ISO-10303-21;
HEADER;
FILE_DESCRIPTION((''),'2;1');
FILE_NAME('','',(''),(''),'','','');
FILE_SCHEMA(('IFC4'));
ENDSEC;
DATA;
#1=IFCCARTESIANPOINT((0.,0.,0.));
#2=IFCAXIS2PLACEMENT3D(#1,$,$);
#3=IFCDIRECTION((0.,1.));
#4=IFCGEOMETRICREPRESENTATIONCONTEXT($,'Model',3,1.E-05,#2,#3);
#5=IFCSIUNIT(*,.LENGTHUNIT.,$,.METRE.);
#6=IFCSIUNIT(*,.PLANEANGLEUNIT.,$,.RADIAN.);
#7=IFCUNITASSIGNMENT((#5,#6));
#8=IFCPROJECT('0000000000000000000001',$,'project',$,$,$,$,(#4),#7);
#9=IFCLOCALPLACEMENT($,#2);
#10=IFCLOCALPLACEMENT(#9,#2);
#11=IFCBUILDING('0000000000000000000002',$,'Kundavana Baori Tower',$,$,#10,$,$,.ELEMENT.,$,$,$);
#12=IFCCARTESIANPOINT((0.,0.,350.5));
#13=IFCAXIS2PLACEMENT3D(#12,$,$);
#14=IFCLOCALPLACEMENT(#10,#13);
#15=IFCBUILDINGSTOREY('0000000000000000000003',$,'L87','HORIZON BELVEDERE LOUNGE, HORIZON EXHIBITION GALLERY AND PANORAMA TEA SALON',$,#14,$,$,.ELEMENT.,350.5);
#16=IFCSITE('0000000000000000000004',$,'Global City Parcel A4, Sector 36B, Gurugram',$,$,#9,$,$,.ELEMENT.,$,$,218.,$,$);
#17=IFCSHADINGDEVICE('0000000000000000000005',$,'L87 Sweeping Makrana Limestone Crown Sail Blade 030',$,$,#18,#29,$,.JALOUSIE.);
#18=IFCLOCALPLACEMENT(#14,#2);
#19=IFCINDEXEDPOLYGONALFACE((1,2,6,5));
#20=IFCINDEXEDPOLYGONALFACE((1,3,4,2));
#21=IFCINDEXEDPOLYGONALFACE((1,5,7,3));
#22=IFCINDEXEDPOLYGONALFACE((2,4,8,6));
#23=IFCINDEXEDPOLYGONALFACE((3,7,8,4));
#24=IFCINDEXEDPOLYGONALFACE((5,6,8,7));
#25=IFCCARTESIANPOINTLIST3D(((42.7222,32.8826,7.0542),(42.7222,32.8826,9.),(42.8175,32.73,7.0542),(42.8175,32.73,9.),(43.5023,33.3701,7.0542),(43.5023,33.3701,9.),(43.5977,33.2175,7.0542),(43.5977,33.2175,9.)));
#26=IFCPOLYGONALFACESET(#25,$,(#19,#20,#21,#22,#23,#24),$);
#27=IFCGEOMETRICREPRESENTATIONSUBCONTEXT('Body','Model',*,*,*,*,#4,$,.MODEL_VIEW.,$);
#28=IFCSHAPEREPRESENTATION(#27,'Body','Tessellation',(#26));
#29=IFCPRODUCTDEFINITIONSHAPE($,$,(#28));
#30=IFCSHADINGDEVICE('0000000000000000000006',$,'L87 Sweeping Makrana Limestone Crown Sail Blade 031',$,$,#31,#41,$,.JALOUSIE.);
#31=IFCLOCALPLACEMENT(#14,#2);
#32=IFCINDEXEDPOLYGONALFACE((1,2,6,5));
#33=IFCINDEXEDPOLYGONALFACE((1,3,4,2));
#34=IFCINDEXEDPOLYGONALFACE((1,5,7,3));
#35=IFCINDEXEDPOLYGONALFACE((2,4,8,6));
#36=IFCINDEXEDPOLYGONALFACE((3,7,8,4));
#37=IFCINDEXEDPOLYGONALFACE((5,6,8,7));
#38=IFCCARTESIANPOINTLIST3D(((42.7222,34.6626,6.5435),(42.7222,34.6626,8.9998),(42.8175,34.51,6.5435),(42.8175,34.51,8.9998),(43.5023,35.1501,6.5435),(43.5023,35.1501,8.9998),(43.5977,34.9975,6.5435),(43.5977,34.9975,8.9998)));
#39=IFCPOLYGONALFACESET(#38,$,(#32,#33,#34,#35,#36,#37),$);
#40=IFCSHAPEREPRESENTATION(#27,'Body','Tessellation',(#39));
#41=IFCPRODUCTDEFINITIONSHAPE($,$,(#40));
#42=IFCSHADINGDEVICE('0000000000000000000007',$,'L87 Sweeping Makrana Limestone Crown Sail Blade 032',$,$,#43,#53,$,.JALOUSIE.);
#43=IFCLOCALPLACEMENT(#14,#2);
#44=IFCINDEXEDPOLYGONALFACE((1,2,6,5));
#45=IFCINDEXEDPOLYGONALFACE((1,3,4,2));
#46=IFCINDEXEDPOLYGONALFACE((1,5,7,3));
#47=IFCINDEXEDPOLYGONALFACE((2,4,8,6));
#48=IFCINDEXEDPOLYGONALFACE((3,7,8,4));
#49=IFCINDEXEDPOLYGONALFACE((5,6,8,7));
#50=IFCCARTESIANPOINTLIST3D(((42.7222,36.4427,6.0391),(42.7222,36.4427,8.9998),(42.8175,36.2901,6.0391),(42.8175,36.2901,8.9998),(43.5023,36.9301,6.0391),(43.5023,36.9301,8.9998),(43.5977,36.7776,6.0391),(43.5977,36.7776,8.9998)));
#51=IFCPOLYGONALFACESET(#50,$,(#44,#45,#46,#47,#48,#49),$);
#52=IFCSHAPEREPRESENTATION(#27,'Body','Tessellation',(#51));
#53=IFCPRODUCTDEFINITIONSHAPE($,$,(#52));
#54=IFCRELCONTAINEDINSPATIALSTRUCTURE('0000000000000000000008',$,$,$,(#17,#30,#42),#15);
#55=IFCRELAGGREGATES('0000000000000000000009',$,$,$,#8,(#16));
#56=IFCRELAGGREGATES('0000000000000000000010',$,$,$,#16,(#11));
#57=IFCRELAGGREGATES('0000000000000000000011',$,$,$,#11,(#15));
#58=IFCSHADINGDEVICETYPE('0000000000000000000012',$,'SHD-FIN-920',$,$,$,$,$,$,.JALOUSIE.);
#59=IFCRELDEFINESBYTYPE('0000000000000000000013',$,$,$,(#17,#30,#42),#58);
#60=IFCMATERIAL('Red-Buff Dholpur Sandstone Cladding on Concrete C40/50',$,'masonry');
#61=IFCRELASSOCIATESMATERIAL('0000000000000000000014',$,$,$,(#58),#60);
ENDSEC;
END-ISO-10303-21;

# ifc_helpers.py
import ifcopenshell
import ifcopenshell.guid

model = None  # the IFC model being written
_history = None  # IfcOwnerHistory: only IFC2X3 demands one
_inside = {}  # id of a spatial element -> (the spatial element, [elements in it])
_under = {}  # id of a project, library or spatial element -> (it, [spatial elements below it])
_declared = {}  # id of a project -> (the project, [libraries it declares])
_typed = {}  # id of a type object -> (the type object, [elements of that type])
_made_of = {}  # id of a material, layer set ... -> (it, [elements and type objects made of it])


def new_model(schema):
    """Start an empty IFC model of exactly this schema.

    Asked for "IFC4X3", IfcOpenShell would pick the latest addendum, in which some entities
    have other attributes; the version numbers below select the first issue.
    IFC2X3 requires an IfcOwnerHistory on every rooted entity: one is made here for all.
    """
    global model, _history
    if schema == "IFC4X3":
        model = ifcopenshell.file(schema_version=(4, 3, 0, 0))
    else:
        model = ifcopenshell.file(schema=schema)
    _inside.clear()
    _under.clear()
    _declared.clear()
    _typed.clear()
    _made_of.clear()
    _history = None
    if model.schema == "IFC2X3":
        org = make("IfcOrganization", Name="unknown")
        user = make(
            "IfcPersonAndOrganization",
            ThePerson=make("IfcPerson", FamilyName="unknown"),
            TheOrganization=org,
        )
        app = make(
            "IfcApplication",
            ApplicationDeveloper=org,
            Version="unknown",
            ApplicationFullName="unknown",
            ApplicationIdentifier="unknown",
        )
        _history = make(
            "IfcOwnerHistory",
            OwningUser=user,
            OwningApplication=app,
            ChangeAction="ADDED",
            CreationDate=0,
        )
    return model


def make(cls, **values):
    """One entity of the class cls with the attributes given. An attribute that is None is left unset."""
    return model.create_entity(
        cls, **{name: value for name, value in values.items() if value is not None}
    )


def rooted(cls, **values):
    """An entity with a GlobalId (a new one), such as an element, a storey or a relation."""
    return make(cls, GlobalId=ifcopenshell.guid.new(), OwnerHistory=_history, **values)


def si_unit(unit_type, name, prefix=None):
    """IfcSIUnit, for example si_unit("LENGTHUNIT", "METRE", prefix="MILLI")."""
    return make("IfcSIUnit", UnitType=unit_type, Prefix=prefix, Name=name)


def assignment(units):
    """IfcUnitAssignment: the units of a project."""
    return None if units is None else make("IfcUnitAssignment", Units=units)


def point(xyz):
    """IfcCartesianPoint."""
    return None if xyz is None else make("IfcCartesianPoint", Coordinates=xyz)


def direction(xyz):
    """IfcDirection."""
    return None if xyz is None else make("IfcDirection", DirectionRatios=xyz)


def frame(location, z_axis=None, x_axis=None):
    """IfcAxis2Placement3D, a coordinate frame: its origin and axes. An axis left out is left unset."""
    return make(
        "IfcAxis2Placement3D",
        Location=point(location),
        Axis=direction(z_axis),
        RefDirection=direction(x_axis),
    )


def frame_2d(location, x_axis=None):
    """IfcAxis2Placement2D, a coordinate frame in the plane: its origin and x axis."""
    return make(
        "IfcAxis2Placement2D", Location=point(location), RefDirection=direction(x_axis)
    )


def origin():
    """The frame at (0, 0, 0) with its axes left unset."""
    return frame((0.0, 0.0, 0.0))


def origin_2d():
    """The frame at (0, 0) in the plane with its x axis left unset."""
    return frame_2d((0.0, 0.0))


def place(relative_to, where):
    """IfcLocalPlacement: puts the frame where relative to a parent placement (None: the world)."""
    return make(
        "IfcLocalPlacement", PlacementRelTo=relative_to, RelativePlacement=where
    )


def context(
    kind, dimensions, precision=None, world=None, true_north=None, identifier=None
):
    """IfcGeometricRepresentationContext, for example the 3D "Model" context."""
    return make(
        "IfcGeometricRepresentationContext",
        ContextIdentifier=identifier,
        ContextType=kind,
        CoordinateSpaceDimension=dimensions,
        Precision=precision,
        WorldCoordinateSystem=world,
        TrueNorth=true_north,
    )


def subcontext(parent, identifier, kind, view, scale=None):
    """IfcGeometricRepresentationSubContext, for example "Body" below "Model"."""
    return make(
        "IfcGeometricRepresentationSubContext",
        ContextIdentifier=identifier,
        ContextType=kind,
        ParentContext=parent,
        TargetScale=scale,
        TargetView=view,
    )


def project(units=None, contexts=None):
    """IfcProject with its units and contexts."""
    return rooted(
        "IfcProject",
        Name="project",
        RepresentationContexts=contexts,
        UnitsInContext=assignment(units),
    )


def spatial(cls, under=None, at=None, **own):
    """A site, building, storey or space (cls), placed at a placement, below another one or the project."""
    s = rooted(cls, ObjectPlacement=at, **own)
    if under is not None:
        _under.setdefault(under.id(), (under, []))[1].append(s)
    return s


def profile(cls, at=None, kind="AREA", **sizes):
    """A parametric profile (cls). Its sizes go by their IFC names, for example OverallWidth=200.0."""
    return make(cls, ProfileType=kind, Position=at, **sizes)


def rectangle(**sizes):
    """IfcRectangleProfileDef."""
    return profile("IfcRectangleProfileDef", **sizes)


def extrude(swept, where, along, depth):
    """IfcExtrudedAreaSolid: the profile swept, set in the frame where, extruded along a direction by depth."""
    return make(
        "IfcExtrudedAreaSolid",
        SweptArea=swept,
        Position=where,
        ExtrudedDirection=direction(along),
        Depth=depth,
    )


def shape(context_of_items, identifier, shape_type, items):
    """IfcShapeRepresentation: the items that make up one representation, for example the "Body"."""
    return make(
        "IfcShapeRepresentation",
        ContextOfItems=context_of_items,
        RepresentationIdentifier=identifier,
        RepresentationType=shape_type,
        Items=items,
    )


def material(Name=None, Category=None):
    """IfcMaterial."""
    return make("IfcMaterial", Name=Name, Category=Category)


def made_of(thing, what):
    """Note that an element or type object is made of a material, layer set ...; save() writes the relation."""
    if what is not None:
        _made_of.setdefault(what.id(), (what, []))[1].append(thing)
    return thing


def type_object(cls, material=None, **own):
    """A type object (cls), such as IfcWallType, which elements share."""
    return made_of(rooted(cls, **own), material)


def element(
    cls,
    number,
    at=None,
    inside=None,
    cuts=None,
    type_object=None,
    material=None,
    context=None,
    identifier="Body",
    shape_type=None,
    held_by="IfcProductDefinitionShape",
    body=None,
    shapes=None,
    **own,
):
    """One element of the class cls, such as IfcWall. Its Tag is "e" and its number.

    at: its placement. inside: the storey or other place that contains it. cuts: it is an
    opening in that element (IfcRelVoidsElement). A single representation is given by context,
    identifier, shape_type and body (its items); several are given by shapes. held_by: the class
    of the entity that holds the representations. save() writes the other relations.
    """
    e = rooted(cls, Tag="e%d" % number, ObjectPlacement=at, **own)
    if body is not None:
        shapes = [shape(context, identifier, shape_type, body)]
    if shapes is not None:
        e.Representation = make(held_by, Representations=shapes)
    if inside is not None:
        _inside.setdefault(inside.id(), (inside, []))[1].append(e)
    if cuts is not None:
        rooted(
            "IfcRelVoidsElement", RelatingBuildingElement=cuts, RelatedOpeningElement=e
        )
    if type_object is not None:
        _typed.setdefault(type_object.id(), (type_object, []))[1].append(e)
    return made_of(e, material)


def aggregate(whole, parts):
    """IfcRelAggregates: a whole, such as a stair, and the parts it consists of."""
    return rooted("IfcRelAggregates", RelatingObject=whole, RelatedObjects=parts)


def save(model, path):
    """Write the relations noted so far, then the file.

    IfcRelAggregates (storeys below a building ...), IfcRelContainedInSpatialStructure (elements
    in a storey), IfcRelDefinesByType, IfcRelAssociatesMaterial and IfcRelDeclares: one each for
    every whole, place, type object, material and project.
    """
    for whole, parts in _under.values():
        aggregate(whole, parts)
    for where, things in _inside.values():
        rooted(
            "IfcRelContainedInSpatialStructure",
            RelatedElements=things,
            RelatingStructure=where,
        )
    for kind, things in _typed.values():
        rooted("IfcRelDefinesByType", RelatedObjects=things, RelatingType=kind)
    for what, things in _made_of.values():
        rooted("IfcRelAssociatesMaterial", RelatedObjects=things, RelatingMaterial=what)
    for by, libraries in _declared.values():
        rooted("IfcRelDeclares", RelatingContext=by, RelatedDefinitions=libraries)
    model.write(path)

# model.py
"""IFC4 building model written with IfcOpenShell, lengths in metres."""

from ifc_helpers import new_model, si_unit, direction, frame, origin, origin_2d, place, context, subcontext, project, spatial, rectangle, extrude, material, type_object, element, save


model = new_model("IFC4")

# Units and contexts
model_context = context("Model", 3, precision=1e-05, world=origin(), true_north=direction((0.0, 1.0)))
body_context = subcontext(model_context, "Body", "Model", "MODEL_VIEW")
ifc_project = project(units=[si_unit("LENGTHUNIT", "METRE"), si_unit("PLANEANGLEUNIT", "RADIAN")], contexts=[model_context])

# Site, building, storey
site_placement = place(None, origin())
site = spatial("IfcSite", under=ifc_project, at=site_placement, Name="Global City Parcel A4, Sector 36B, Gurugram", CompositionType="ELEMENT", RefElevation=218.0)
building_placement = place(site_placement, origin())
building = spatial("IfcBuilding", under=site, at=building_placement, Name="Kundavana Baori Tower", CompositionType="ELEMENT")
storey_placement = place(building_placement, frame((0.0, 0.0, 350.5)))
storey = spatial("IfcBuildingStorey", under=building, at=storey_placement, Name="L87", Description="HORIZON BELVEDERE LOUNGE, HORIZON EXHIBITION GALLERY AND PANORAMA TEA SALON", CompositionType="ELEMENT", Elevation=350.5)

# Shading devices
ifc_material_1 = material(Name="Red-Buff Dholpur Sandstone Cladding on Concrete C40/50", Category="masonry")
shading_device_type = type_object("IfcShadingDeviceType", Name="SHD-FIN-920", PredefinedType="JALOUSIE", material=ifc_material_1)
shading_device_1_placement = place(storey_placement, frame((43.1599, 33.05, 7.0542), z_axis=(0.0, 0.0, 1.0), x_axis=(-0.529919, 0.848048, 0.0)))
element("IfcShadingDevice", 1, at=shading_device_1_placement, inside=storey, type_object=shading_device_type, Name="L87 Sweeping Makrana Limestone Crown Sail Blade 030", PredefinedType="JALOUSIE", context=body_context, shape_type="SweptSolid", body=[
    extrude(rectangle(XDim=0.1799, YDim=0.9199, at=origin_2d()), origin(), (0.0, 0.0, 1.0), 1.9458),
])
shading_device_2_placement = place(storey_placement, frame((43.1599, 34.8301, 6.5435), z_axis=(0.0, 0.0, 1.0), x_axis=(-0.529919, 0.848048, 0.0)))
element("IfcShadingDevice", 2, at=shading_device_2_placement, inside=storey, type_object=shading_device_type, Name="L87 Sweeping Makrana Limestone Crown Sail Blade 031", PredefinedType="JALOUSIE", context=body_context, shape_type="SweptSolid", body=[
    extrude(rectangle(XDim=0.1799, YDim=0.9199, at=origin_2d()), origin(), (0.0, 0.0, 1.0), 2.4563),
])
shading_device_3_placement = place(storey_placement, frame((43.1599, 36.6101, 6.0391), z_axis=(0.0, 0.0, 1.0), x_axis=(-0.529919, 0.848048, 0.0)))
element("IfcShadingDevice", 3, at=shading_device_3_placement, inside=storey, type_object=shading_device_type, Name="L87 Sweeping Makrana Limestone Crown Sail Blade 032", PredefinedType="JALOUSIE", context=body_context, shape_type="SweptSolid", body=[
    extrude(rectangle(XDim=0.1799, YDim=0.9199, at=origin_2d()), origin(), (0.0, 0.0, 1.0), 2.9607),
])

save(model, "model.ifc")
